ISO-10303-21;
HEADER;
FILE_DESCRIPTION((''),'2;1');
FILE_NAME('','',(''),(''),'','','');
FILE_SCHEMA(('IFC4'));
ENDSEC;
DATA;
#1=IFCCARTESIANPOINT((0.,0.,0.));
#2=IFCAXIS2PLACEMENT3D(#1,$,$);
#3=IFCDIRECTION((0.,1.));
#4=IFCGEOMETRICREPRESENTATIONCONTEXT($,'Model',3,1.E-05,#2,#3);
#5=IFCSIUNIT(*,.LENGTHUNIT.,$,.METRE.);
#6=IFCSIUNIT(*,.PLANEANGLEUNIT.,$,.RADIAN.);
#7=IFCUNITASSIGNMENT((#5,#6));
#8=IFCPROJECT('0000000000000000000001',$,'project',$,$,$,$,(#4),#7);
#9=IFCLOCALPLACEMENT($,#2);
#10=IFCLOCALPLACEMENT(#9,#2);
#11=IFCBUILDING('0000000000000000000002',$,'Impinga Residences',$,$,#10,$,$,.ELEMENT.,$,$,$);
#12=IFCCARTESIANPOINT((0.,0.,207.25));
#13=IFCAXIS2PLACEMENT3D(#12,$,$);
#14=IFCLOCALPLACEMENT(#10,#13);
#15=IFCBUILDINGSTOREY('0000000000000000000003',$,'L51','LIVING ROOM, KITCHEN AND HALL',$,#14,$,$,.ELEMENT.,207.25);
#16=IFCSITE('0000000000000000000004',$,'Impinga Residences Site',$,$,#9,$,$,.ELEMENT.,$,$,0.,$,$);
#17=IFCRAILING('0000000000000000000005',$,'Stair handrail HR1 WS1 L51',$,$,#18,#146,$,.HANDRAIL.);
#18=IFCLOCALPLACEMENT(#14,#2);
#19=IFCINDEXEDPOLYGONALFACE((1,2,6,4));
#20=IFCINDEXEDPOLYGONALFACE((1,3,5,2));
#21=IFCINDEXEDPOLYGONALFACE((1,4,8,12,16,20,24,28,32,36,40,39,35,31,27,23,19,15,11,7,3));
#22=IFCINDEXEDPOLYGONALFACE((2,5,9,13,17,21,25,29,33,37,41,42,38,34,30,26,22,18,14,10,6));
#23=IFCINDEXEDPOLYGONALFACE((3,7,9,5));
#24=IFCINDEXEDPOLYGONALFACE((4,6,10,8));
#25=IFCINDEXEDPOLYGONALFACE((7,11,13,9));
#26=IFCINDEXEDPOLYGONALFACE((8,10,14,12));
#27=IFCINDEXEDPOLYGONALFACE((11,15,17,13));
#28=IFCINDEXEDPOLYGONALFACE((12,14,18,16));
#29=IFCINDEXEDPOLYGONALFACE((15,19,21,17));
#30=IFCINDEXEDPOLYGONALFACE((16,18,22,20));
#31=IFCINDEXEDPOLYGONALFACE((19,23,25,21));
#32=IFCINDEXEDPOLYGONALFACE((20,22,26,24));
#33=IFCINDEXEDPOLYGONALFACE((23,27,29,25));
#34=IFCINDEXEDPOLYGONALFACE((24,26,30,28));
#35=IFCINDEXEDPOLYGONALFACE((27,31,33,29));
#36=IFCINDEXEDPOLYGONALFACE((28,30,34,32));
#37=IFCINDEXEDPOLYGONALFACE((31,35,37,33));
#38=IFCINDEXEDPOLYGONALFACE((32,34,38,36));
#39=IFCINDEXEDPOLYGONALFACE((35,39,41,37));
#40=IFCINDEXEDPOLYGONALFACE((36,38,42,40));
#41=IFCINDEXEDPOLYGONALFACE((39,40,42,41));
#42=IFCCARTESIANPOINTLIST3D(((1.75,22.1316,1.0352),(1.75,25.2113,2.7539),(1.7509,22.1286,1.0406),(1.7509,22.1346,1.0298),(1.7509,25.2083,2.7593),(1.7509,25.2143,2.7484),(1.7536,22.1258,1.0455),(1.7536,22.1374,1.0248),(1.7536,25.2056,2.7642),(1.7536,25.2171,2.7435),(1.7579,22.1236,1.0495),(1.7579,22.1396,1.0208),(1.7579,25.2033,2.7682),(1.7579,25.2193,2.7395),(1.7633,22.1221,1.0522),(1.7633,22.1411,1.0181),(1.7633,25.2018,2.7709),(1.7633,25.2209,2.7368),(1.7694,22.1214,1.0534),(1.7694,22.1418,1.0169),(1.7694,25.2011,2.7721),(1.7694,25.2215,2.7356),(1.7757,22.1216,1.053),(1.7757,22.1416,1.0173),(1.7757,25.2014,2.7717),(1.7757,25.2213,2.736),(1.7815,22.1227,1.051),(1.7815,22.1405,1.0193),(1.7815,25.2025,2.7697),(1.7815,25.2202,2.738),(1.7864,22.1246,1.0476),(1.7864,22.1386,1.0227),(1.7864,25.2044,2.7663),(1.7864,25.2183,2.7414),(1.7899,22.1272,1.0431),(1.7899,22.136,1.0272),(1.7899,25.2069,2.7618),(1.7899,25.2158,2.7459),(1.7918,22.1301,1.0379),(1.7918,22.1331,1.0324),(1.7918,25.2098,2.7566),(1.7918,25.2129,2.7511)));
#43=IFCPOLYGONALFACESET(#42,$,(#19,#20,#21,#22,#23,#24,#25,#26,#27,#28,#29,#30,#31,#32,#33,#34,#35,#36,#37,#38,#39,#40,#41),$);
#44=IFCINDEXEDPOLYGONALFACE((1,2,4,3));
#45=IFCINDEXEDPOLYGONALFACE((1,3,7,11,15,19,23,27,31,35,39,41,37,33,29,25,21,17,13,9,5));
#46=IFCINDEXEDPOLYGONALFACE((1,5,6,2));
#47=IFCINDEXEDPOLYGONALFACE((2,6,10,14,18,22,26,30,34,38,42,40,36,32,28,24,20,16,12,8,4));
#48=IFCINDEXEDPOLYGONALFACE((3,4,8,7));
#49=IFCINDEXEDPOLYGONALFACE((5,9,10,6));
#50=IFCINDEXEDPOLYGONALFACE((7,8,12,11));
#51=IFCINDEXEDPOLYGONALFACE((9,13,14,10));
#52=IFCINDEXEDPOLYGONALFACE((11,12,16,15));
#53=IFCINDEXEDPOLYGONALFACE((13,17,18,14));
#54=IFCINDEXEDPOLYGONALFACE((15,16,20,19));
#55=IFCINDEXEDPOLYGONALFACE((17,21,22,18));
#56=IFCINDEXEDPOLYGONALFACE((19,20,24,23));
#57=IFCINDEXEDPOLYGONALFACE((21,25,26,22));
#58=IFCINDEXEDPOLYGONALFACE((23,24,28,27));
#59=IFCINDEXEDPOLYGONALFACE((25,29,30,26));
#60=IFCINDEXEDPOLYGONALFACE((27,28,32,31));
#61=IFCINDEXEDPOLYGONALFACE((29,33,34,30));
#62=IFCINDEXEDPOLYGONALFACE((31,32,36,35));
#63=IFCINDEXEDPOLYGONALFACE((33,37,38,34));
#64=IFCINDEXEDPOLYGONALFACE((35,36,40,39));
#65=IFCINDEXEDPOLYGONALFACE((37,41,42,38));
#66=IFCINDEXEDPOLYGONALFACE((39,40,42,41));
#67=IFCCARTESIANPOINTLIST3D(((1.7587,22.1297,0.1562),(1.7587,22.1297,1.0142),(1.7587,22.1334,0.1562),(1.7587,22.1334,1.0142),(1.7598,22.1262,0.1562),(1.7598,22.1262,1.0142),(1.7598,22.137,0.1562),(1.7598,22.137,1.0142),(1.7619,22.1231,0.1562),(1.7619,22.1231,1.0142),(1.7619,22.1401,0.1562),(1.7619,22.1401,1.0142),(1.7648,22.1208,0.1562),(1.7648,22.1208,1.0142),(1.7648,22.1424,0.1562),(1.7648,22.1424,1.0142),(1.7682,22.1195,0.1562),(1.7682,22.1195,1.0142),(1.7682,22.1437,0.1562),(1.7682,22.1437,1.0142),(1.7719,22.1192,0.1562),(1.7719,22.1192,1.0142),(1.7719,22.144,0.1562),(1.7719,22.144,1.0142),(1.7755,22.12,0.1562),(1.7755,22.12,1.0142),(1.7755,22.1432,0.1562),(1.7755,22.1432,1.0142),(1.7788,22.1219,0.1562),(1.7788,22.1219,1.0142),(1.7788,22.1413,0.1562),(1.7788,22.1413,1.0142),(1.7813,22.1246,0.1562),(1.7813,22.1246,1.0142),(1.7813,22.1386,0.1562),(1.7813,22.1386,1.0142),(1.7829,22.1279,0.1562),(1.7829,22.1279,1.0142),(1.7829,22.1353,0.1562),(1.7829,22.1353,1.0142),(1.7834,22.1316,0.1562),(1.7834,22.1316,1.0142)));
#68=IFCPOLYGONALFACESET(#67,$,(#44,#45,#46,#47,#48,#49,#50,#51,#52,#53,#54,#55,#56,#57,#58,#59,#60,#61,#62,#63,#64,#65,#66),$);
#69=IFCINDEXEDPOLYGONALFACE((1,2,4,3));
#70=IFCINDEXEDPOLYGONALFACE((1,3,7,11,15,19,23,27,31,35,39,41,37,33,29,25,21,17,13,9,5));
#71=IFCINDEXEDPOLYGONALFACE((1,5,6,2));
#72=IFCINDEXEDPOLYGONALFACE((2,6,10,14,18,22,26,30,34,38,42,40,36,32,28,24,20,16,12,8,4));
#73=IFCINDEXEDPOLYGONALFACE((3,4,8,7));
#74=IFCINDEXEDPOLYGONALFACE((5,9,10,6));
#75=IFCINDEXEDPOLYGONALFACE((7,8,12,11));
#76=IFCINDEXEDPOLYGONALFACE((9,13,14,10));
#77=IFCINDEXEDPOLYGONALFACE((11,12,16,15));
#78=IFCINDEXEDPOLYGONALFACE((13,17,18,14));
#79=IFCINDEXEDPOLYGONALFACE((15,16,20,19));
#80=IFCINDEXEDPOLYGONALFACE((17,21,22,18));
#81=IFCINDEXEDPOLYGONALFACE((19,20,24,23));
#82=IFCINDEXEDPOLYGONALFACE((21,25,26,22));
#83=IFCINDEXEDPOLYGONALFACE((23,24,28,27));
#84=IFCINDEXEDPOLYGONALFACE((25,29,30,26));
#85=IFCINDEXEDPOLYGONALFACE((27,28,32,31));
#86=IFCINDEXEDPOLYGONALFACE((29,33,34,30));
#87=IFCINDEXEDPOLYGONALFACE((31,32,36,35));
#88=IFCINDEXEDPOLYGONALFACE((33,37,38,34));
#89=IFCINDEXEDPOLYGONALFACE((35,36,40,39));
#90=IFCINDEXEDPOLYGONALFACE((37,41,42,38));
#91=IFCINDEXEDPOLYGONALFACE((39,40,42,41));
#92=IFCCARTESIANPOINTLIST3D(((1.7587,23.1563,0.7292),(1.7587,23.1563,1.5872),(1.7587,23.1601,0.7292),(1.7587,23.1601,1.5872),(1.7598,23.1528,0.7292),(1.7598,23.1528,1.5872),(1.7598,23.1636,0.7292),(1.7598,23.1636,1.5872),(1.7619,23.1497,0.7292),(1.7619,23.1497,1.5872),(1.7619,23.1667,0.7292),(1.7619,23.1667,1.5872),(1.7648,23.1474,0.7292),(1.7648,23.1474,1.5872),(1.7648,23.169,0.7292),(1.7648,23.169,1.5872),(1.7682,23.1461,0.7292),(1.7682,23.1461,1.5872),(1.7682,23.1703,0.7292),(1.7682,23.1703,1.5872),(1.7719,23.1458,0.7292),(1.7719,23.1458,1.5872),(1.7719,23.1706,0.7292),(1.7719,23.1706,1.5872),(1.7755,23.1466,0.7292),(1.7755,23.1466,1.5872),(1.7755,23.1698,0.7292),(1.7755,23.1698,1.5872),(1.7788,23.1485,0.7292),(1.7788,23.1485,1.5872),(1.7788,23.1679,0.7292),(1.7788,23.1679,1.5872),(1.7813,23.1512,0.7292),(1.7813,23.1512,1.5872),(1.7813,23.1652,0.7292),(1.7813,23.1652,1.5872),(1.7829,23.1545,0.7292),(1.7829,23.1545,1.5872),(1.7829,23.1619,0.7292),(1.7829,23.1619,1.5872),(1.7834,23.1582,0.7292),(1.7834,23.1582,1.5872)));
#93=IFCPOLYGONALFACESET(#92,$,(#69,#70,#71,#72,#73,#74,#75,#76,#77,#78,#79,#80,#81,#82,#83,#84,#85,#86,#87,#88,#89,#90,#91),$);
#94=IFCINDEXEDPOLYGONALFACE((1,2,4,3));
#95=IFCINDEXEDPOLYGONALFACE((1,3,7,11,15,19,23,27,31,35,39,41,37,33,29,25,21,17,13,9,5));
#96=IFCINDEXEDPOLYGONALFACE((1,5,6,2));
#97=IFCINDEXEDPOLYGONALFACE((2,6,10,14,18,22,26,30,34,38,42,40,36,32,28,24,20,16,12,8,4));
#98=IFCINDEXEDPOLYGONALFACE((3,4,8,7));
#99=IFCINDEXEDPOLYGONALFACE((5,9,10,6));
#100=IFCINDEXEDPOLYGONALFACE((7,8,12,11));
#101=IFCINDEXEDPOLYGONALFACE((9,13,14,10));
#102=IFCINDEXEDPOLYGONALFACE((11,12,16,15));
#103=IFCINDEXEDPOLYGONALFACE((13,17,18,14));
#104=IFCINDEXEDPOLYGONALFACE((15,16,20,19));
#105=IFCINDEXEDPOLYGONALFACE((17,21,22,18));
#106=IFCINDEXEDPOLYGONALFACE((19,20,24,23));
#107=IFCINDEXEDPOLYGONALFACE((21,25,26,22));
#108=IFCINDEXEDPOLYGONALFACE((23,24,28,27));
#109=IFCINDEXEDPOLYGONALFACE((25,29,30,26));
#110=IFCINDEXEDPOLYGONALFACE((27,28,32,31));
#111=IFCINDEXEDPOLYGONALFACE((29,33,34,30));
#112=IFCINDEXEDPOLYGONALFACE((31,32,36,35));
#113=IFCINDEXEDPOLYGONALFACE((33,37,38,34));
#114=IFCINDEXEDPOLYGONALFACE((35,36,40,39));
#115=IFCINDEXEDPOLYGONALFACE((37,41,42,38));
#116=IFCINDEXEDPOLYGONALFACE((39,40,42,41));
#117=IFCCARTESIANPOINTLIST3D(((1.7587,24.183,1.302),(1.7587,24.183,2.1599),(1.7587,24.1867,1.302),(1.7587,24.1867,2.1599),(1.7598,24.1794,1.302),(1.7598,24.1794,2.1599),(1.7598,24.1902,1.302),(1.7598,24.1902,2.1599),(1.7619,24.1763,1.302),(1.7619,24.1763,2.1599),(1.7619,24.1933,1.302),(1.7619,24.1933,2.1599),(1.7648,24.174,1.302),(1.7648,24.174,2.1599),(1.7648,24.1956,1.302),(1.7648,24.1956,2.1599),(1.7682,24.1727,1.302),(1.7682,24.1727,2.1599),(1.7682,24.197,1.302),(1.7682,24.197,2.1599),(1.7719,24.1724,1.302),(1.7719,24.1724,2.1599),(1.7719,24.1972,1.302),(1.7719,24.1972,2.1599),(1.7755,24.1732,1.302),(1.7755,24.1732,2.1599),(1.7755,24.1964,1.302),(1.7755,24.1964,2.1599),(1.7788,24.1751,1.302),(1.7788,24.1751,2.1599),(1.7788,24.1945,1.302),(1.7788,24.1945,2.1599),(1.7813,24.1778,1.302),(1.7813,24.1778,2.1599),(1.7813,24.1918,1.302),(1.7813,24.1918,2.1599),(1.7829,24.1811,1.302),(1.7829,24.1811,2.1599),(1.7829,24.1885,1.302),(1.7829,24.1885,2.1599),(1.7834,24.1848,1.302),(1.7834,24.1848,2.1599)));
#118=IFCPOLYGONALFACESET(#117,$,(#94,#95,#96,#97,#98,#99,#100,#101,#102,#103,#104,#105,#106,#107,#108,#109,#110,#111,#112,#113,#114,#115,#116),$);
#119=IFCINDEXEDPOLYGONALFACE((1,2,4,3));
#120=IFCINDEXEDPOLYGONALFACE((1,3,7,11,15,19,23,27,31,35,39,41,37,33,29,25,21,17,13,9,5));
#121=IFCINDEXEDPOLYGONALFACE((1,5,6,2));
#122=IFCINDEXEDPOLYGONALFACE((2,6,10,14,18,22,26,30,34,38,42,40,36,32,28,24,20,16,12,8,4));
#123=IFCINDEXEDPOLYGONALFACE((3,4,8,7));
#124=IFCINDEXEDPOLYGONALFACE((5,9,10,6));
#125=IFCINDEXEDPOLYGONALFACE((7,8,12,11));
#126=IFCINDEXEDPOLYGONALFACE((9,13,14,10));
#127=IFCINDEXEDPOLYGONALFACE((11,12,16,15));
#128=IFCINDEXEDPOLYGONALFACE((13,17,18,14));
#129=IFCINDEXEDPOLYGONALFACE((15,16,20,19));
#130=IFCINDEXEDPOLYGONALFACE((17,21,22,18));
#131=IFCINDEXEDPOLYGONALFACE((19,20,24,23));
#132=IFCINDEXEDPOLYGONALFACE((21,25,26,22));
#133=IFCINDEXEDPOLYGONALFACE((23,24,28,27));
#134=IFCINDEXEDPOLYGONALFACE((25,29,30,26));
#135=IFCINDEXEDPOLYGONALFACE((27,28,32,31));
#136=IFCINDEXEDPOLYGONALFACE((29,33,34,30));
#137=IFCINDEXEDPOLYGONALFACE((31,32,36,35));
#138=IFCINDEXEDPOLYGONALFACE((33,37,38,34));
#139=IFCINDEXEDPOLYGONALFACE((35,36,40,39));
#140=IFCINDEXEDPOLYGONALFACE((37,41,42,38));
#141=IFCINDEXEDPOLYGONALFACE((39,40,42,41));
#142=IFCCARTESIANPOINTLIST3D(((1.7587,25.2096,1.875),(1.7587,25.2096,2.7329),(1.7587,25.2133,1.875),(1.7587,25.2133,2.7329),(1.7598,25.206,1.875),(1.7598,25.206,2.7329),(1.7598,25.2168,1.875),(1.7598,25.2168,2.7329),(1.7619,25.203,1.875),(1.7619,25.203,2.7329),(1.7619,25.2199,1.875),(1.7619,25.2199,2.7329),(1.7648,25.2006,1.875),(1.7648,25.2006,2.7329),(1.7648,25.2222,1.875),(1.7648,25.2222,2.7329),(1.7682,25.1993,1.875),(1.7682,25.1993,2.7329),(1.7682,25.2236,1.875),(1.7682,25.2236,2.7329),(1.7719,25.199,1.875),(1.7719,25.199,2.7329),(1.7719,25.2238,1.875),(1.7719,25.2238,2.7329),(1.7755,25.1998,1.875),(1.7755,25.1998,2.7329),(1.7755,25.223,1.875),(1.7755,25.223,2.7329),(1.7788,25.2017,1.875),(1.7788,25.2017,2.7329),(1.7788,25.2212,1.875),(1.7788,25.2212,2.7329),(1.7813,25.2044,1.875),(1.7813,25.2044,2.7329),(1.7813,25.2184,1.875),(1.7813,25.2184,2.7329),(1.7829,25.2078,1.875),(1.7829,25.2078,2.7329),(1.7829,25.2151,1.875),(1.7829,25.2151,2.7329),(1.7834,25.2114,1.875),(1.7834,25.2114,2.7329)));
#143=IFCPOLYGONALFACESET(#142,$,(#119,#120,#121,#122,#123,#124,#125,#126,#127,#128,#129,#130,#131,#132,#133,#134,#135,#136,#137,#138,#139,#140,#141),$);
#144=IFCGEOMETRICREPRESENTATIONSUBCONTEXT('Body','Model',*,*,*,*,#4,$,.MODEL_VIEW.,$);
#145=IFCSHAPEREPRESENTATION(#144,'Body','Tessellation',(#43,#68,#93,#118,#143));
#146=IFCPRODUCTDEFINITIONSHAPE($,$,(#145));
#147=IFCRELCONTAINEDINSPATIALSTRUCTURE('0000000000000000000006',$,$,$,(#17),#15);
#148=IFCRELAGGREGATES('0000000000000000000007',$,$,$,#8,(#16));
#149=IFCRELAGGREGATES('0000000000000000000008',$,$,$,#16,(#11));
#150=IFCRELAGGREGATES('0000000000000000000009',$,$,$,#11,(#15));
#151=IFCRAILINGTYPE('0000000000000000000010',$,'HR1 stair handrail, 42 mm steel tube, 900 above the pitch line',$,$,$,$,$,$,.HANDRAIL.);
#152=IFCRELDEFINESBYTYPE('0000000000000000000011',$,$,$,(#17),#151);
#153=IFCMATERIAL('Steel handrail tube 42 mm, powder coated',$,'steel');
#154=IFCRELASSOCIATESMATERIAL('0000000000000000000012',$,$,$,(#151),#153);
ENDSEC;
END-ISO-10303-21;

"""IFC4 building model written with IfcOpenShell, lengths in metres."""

from ifc_helpers import new_model, si_unit, direction, frame, origin, origin_2d, place, context, subcontext, project, spatial, circle, extrude, material, type_object, element, save


model = new_model("IFC4")

# Units and contexts
model_context = context("Model", 3, precision=1e-05, world=origin(), true_north=direction((0.0, 1.0)))
body_context = subcontext(model_context, "Body", "Model", "MODEL_VIEW")
ifc_project = project(units=[si_unit("LENGTHUNIT", "METRE"), si_unit("PLANEANGLEUNIT", "RADIAN")], contexts=[model_context])

# Site, building, storey
site_placement = place(None, origin())
site = spatial("IfcSite", under=ifc_project, at=site_placement, Name="Impinga Residences Site", CompositionType="ELEMENT", RefElevation=0.0)
building_placement = place(site_placement, origin())
building = spatial("IfcBuilding", under=site, at=building_placement, Name="Impinga Residences", CompositionType="ELEMENT")
storey_placement = place(building_placement, frame((0.0, 0.0, 207.25)))
storey = spatial("IfcBuildingStorey", under=building, at=storey_placement, Name="L51", Description="LIVING ROOM, KITCHEN AND HALL", CompositionType="ELEMENT", Elevation=207.25)

# Railing
ifc_material_1 = material(Name="Steel handrail tube 42 mm, powder coated", Category="steel")
railing_type_1 = type_object("IfcRailingType", Name="HR1 stair handrail, 42 mm steel tube, 900 above the pitch line", PredefinedType="HANDRAIL", material=ifc_material_1)
railing_1_placement = place(storey_placement, frame((1.771, 22.1316, 0.1562)))
element("IfcRailing", 1, at=railing_1_placement, inside=storey, type_object=railing_type_1, Name="Stair handrail HR1 WS1 L51", PredefinedType="HANDRAIL", context=body_context, shape_type="SweptSolid", body=[
    extrude(circle(Radius=0.021, at=origin_2d()), frame((0.0, 0.0, 0.8789), z_axis=(0.0, 0.873225, 0.487317), x_axis=(-1.0, 0.0, 0.0)), (0.0, 0.0, 1.0), 3.5269),
    extrude(circle(Radius=0.0125, at=origin_2d()), origin(), (0.0, 0.0, 1.0), 0.8579),
    extrude(circle(Radius=0.0125, at=origin_2d()), frame((0.0, 1.0266, 0.573)), (0.0, 0.0, 1.0), 0.8579),
    extrude(circle(Radius=0.0125, at=origin_2d()), frame((0.0, 2.0532, 1.1458)), (0.0, 0.0, 1.0), 0.8579),
    extrude(circle(Radius=0.0125, at=origin_2d()), frame((0.0, 3.0798, 1.7188)), (0.0, 0.0, 1.0), 0.8579),
])

save(model, "model.ifc")
